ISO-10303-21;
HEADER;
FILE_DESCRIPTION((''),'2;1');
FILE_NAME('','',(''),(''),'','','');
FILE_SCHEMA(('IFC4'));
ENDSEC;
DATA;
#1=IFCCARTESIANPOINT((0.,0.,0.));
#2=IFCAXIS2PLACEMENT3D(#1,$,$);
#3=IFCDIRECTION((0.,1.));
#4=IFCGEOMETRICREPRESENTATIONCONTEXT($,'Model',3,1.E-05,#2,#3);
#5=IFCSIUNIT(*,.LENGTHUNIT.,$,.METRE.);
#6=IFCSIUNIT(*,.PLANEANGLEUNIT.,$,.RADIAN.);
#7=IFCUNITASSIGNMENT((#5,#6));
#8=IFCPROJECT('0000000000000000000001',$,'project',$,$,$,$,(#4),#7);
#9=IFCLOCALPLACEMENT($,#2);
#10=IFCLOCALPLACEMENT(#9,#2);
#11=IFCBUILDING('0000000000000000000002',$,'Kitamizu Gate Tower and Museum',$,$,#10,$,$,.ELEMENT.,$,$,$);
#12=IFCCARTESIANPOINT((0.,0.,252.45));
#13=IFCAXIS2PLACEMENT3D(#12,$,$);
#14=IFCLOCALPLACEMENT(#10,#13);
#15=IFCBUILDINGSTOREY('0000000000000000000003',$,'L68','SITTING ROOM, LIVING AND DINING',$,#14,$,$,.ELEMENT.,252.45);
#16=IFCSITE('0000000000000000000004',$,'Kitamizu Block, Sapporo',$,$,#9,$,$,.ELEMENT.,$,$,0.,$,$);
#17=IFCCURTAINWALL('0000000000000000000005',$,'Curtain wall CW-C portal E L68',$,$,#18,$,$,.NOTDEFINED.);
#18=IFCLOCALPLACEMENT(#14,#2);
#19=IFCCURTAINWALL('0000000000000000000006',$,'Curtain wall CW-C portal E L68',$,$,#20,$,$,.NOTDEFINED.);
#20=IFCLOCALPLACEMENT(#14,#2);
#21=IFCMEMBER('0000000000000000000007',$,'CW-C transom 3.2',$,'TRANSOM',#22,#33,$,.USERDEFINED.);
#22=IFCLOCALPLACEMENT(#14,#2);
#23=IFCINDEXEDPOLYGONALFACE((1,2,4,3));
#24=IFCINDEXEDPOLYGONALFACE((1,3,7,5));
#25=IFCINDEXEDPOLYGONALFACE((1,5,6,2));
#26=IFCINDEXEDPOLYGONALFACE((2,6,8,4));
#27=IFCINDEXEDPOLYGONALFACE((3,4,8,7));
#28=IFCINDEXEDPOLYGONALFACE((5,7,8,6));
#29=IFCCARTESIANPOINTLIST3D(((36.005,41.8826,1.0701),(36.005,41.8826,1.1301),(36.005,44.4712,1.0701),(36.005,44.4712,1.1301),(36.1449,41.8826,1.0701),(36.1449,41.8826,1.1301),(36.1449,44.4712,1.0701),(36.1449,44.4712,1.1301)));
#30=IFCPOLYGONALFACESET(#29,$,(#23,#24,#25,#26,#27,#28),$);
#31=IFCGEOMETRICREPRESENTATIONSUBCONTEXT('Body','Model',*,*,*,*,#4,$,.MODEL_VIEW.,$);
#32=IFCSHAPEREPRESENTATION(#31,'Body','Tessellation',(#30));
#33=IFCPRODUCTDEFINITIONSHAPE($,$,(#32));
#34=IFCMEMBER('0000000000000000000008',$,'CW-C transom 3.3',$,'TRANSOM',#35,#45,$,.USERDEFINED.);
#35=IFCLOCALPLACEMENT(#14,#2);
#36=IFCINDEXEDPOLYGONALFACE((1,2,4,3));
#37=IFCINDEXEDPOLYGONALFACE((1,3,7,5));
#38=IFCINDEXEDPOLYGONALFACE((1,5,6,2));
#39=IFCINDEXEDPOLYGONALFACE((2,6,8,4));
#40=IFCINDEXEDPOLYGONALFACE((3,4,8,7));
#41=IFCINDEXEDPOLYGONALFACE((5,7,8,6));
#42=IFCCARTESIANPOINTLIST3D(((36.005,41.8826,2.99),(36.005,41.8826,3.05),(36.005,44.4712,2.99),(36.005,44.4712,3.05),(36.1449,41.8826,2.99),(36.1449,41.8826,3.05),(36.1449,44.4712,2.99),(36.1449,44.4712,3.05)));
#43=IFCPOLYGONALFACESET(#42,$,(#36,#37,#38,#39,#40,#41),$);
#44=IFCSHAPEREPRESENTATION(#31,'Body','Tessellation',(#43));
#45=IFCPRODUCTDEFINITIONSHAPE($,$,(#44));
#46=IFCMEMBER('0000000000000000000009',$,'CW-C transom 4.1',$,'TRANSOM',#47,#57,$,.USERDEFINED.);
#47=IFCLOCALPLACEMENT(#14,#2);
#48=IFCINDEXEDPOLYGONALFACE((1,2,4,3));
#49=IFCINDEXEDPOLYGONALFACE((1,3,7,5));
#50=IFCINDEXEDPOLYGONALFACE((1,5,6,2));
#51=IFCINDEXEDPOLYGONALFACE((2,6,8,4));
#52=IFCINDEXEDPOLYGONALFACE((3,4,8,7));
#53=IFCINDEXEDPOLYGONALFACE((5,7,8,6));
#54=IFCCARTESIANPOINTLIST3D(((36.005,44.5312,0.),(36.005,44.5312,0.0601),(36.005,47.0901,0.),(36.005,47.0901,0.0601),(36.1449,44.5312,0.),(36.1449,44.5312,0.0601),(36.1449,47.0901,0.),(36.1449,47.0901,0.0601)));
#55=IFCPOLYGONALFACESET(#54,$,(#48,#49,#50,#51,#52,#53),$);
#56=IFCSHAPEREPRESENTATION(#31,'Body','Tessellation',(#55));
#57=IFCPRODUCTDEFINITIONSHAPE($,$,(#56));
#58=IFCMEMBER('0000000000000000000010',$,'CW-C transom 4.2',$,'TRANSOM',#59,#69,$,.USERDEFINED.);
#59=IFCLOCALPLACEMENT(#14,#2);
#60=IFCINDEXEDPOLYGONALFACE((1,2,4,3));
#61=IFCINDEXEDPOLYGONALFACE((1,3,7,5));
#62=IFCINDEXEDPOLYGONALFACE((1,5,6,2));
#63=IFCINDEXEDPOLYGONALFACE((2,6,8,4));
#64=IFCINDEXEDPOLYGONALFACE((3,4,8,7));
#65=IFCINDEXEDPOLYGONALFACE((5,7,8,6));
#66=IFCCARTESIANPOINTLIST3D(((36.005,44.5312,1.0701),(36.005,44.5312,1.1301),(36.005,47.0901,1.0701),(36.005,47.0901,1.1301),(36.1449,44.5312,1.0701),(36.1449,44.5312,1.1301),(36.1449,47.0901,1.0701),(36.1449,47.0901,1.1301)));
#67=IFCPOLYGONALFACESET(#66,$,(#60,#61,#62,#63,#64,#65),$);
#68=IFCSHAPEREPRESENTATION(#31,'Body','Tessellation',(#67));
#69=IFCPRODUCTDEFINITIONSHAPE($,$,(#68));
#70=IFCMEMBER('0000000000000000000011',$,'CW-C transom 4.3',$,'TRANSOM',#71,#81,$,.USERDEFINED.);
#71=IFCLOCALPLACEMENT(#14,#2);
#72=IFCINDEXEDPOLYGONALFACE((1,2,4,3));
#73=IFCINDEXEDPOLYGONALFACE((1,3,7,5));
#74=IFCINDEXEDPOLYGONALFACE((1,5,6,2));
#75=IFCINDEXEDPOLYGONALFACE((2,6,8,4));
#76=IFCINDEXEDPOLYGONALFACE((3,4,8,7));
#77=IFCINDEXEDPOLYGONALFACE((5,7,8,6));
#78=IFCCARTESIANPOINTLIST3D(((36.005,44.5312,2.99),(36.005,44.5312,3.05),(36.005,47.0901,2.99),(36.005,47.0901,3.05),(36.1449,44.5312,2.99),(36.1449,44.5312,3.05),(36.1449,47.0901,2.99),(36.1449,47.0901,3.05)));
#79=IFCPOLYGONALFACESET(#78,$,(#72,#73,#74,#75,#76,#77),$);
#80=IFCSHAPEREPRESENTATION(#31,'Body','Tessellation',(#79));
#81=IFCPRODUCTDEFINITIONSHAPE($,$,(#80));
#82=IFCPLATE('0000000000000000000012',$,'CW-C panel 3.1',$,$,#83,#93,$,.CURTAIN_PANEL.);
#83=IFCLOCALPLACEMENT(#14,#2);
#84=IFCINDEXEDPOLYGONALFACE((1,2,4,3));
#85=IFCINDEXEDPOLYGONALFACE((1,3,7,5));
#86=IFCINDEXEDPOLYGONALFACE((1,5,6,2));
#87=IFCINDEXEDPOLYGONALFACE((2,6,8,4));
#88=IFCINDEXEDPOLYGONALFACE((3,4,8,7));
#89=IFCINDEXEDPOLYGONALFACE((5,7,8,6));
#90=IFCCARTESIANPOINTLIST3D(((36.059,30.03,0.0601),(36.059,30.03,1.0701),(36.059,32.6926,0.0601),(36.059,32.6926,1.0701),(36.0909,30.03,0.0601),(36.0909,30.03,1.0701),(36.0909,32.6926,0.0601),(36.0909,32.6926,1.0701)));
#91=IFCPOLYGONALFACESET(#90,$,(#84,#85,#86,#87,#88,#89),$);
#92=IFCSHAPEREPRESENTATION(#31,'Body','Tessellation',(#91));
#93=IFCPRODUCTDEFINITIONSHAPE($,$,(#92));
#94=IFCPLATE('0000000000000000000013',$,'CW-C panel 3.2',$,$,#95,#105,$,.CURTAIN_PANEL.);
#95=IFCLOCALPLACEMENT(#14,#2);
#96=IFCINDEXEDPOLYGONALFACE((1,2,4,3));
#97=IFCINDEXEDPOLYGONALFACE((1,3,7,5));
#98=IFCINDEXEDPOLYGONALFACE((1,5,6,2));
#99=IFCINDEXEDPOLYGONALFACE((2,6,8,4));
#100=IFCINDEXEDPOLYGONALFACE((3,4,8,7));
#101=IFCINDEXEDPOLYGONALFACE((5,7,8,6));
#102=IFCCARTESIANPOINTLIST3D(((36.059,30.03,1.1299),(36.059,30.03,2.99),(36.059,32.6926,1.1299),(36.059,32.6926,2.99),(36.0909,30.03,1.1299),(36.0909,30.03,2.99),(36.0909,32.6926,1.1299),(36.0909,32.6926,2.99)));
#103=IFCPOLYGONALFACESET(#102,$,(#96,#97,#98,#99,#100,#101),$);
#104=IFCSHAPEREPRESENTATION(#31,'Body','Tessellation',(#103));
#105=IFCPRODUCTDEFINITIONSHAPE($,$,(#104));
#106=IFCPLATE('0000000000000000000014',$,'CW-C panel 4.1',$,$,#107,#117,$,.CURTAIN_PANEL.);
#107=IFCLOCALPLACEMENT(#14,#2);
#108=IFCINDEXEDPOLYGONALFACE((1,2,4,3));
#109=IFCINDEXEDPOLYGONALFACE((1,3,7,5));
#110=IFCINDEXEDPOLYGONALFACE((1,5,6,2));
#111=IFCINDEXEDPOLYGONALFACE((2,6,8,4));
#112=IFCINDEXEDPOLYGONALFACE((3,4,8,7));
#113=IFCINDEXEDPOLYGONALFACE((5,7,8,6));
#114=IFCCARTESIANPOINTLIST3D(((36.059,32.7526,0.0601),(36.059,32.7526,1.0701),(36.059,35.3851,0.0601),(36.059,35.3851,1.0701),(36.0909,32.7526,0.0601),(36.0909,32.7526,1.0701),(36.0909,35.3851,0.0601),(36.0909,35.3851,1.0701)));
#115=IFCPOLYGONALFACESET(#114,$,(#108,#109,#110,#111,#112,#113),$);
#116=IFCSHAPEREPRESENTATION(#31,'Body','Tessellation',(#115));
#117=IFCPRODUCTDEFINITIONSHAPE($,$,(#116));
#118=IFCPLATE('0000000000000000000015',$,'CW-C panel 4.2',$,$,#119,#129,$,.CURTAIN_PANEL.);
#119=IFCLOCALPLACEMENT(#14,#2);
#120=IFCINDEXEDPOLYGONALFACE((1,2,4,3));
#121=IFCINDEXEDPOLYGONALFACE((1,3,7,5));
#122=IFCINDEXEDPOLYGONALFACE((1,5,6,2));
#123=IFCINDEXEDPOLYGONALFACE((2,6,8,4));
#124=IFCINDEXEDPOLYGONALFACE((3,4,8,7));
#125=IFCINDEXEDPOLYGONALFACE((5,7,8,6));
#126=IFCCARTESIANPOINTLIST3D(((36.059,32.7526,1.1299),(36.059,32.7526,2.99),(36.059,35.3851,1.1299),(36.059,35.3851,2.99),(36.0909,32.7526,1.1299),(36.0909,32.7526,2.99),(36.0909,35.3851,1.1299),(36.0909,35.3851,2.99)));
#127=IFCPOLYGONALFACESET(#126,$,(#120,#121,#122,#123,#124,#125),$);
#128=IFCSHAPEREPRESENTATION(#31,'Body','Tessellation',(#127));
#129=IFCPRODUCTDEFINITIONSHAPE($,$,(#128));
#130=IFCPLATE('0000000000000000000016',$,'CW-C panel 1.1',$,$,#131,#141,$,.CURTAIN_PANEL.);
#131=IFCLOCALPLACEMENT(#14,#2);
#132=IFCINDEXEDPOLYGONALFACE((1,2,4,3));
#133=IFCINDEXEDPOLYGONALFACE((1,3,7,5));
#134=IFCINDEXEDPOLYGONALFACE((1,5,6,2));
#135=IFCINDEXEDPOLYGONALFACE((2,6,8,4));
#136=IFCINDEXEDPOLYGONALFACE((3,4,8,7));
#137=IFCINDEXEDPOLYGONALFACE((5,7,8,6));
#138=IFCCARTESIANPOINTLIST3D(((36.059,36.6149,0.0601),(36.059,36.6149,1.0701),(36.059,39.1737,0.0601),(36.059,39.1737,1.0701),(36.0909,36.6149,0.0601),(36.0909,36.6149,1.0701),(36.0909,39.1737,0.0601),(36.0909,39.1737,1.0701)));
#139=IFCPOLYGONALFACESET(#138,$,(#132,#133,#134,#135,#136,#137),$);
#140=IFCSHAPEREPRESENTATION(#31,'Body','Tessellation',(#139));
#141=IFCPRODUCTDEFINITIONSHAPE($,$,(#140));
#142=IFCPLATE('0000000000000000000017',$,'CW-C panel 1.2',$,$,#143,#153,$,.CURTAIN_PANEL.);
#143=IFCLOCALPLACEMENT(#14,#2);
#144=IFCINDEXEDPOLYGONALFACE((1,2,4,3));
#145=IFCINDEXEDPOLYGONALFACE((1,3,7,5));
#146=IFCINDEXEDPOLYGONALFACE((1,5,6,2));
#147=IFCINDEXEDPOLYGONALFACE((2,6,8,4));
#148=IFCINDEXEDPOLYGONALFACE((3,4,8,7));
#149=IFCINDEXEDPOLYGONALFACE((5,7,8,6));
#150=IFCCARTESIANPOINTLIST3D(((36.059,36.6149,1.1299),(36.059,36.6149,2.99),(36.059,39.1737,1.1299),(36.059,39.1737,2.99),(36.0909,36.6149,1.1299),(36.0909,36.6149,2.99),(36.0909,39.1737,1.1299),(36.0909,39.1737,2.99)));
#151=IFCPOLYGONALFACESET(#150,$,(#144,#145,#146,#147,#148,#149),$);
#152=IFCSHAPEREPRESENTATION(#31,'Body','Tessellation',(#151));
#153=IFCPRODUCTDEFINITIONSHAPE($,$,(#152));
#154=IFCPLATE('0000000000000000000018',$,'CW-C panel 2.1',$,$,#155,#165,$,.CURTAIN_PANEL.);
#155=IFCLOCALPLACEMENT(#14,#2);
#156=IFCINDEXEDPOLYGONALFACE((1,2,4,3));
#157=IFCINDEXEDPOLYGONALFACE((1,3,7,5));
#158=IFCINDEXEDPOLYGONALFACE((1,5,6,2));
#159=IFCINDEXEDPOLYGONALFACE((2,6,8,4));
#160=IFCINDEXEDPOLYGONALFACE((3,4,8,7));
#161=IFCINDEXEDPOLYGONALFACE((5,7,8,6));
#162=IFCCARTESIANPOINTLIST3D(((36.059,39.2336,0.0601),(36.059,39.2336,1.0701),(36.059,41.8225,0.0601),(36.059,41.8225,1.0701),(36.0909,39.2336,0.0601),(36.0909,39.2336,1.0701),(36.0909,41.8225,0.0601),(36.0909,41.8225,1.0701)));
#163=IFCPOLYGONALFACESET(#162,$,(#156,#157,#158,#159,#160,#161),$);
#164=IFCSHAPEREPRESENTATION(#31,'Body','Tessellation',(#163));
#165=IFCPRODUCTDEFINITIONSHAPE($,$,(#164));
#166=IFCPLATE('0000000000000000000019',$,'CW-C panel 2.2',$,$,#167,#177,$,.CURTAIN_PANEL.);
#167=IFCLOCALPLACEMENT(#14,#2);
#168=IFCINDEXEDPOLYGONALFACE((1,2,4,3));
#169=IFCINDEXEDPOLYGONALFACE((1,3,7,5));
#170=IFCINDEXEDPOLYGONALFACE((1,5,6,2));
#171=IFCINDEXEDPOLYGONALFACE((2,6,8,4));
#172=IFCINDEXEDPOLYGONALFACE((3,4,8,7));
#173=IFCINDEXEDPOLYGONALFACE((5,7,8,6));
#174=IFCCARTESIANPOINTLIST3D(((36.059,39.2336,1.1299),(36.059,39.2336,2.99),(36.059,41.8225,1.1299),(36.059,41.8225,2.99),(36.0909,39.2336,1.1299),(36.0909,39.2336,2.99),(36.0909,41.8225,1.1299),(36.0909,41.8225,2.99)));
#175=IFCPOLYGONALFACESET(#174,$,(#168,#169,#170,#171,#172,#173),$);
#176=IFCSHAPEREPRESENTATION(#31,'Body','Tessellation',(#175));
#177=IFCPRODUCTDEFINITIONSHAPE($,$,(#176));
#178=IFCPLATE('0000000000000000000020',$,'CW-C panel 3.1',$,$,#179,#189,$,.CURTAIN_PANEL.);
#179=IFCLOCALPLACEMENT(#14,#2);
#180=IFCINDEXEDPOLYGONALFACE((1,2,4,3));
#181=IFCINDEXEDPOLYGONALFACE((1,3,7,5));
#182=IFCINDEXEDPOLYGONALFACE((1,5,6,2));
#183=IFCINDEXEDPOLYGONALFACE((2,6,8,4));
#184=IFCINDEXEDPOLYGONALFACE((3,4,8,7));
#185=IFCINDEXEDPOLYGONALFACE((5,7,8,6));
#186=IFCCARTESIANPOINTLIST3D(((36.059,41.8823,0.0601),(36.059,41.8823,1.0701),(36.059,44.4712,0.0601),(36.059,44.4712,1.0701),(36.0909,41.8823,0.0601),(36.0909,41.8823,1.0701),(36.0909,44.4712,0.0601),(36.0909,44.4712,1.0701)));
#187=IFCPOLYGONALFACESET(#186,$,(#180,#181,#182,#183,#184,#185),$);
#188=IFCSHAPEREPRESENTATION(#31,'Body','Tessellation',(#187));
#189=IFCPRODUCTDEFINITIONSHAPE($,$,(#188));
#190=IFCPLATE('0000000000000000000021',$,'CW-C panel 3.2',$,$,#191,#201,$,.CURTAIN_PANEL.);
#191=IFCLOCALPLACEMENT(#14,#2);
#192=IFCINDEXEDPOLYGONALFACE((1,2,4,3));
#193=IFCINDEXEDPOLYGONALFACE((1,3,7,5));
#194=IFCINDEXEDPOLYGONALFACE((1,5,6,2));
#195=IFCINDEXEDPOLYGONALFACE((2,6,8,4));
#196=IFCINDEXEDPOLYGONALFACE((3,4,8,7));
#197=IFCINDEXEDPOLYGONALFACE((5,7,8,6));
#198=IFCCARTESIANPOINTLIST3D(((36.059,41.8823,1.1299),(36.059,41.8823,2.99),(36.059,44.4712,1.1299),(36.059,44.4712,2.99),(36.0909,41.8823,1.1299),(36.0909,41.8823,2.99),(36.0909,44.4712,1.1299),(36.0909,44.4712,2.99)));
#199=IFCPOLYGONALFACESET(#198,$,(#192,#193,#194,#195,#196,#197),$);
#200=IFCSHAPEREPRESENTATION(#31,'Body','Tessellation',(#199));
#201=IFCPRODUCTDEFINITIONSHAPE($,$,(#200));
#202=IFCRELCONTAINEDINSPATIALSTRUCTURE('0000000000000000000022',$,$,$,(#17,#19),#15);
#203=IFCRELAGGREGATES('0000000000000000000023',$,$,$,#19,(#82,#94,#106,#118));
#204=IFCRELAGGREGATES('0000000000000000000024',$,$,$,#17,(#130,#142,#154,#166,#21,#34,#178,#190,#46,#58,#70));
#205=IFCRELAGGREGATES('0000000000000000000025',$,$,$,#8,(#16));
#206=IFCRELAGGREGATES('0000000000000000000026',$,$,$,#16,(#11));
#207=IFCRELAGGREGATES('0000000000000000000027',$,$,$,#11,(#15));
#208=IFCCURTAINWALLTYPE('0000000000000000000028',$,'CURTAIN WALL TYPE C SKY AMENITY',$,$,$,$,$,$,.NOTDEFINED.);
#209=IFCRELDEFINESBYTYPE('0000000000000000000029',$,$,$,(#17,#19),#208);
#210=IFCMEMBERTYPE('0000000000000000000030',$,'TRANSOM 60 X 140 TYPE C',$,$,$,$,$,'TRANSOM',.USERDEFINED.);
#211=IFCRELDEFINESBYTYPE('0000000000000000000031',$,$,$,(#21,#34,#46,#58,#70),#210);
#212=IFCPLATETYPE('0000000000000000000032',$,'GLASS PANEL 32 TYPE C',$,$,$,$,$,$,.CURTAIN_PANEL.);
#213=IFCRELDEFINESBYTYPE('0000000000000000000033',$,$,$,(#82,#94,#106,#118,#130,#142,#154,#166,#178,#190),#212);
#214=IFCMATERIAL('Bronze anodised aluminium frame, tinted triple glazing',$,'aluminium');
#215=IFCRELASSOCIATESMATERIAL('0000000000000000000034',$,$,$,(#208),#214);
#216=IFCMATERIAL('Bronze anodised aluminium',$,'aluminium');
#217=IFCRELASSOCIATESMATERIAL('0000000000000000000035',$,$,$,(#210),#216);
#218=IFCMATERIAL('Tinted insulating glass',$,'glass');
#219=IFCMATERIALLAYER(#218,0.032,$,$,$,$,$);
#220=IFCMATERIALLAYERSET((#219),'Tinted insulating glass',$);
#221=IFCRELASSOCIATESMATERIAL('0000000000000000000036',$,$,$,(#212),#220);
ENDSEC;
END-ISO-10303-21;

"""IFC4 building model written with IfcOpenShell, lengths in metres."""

from ifc_helpers import new_model, si_unit, direction, frame, origin, origin_2d, place, context, subcontext, project, spatial, rectangle, extrude, material, layer, layer_set, material_profile, profile_set, type_object, element, aggregate, save


model = new_model("IFC4")

# Units and contexts
model_context = context("Model", 3, precision=1e-05, world=origin(), true_north=direction((0.0, 1.0)))
body_context = subcontext(model_context, "Body", "Model", "MODEL_VIEW")
ifc_project = project(units=[si_unit("LENGTHUNIT", "METRE"), si_unit("PLANEANGLEUNIT", "RADIAN")], contexts=[model_context])

# Site, building, storey
site_placement = place(None, origin())
site = spatial("IfcSite", under=ifc_project, at=site_placement, Name="Kitamizu Block, Sapporo", CompositionType="ELEMENT", RefElevation=0.0)
building_placement = place(site_placement, origin())
building = spatial("IfcBuilding", under=site, at=building_placement, Name="Kitamizu Gate Tower and Museum", CompositionType="ELEMENT")
storey_placement = place(building_placement, frame((0.0, 0.0, 252.45)))
storey = spatial("IfcBuildingStorey", under=building, at=storey_placement, Name="L68", Description="SITTING ROOM, LIVING AND DINING", CompositionType="ELEMENT", Elevation=252.45)

# Curtain walls
ifc_material_1 = material(Name="Bronze anodised aluminium frame, tinted triple glazing", Category="aluminium")
curtain_wall_type = type_object("IfcCurtainWallType", Name="CURTAIN WALL TYPE C SKY AMENITY", PredefinedType="NOTDEFINED", material=ifc_material_1)
curtain_wall_1_placement = place(storey_placement, origin())
curtain_wall_1 = element("IfcCurtainWall", 1, at=curtain_wall_1_placement, inside=storey, type_object=curtain_wall_type, Name="Curtain wall CW-C portal E L68", PredefinedType="NOTDEFINED")
curtain_wall_2_placement = place(storey_placement, origin())
curtain_wall_2 = element("IfcCurtainWall", 2, at=curtain_wall_2_placement, inside=storey, type_object=curtain_wall_type, Name="Curtain wall CW-C portal E L68", PredefinedType="NOTDEFINED")
ifc_material_2 = material(Name="Bronze anodised aluminium", Category="aluminium")
ifc_material_profile_1 = material_profile(ifc_material_2, rectangle(XDim=0.1399, YDim=0.0601, at=origin_2d()), Name="AL 60X140")
ifc_profile_set_1 = profile_set([ifc_material_profile_1], Name="Bronze anodised aluminium")
member_type_1 = type_object("IfcMemberType", Name="TRANSOM 60 X 140 TYPE C", ElementType="TRANSOM", PredefinedType="USERDEFINED", material=ifc_profile_set_1)

# Members
member_1_placement = place(storey_placement, frame((36.075, 41.8826, 1.1001), z_axis=(0.0, 1.0, 0.0), x_axis=(-1.0, 0.0, 0.0)))
member_1 = element("IfcMember", 3, at=member_1_placement, type_object=member_type_1, Name="CW-C transom 3.2", ObjectType="TRANSOM", PredefinedType="USERDEFINED", context=body_context, shape_type="SweptSolid", body=[
    extrude(rectangle(XDim=0.1399, YDim=0.0601, at=origin_2d()), origin(), (0.0, 0.0, 1.0), 2.5886),
])
member_2_placement = place(storey_placement, frame((36.075, 41.8826, 3.02), z_axis=(0.0, 1.0, 0.0), x_axis=(-1.0, 0.0, 0.0)))
member_2 = element("IfcMember", 4, at=member_2_placement, type_object=member_type_1, Name="CW-C transom 3.3", ObjectType="TRANSOM", PredefinedType="USERDEFINED", context=body_context, shape_type="SweptSolid", body=[
    extrude(rectangle(XDim=0.1399, YDim=0.0601, at=origin_2d()), origin(), (0.0, 0.0, 1.0), 2.5886),
])
member_3_placement = place(storey_placement, frame((36.075, 44.5312, 0.03), z_axis=(0.0, 1.0, 0.0), x_axis=(-1.0, 0.0, 0.0)))
member_3 = element("IfcMember", 5, at=member_3_placement, type_object=member_type_1, Name="CW-C transom 4.1", ObjectType="TRANSOM", PredefinedType="USERDEFINED", context=body_context, shape_type="SweptSolid", body=[
    extrude(rectangle(XDim=0.1399, YDim=0.0601, at=origin_2d()), origin(), (0.0, 0.0, 1.0), 2.5588),
])
member_4_placement = place(storey_placement, frame((36.075, 44.5312, 1.1001), z_axis=(0.0, 1.0, 0.0), x_axis=(-1.0, 0.0, 0.0)))
member_4 = element("IfcMember", 6, at=member_4_placement, type_object=member_type_1, Name="CW-C transom 4.2", ObjectType="TRANSOM", PredefinedType="USERDEFINED", context=body_context, shape_type="SweptSolid", body=[
    extrude(rectangle(XDim=0.1399, YDim=0.0601, at=origin_2d()), origin(), (0.0, 0.0, 1.0), 2.5588),
])
member_5_placement = place(storey_placement, frame((36.075, 44.5312, 3.02), z_axis=(0.0, 1.0, 0.0), x_axis=(-1.0, 0.0, 0.0)))
member_5 = element("IfcMember", 7, at=member_5_placement, type_object=member_type_1, Name="CW-C transom 4.3", ObjectType="TRANSOM", PredefinedType="USERDEFINED", context=body_context, shape_type="SweptSolid", body=[
    extrude(rectangle(XDim=0.1399, YDim=0.0601, at=origin_2d()), origin(), (0.0, 0.0, 1.0), 2.5588),
])

# Plates
ifc_material_3 = material(Name="Tinted insulating glass", Category="glass")
ifc_layer_1 = layer(ifc_material_3, 0.032)
ifc_layer_set_1 = layer_set([ifc_layer_1], Name="Tinted insulating glass")
plate_type = type_object("IfcPlateType", Name="GLASS PANEL 32 TYPE C", PredefinedType="CURTAIN_PANEL", material=ifc_layer_set_1)
plate_1_placement = place(storey_placement, frame((36.075, 31.3613, 0.0601), z_axis=(0.0, 0.0, 1.0), x_axis=(0.0, 1.0, 0.0)))
plate_1 = element("IfcPlate", 8, at=plate_1_placement, type_object=plate_type, Name="CW-C panel 3.1", PredefinedType="CURTAIN_PANEL", context=body_context, shape_type="SweptSolid", body=[
    extrude(rectangle(XDim=2.6626, YDim=0.032, at=origin_2d()), origin(), (0.0, 0.0, 1.0), 1.01),
])
plate_2_placement = place(storey_placement, frame((36.075, 31.3613, 1.1299), z_axis=(0.0, 0.0, 1.0), x_axis=(0.0, 1.0, 0.0)))
plate_2 = element("IfcPlate", 9, at=plate_2_placement, type_object=plate_type, Name="CW-C panel 3.2", PredefinedType="CURTAIN_PANEL", context=body_context, shape_type="SweptSolid", body=[
    extrude(rectangle(XDim=2.6626, YDim=0.032, at=origin_2d()), origin(), (0.0, 0.0, 1.0), 1.8601),
])
plate_3_placement = place(storey_placement, frame((36.075, 34.0688, 0.0601), z_axis=(0.0, 0.0, 1.0), x_axis=(0.0, 1.0, 0.0)))
plate_3 = element("IfcPlate", 10, at=plate_3_placement, type_object=plate_type, Name="CW-C panel 4.1", PredefinedType="CURTAIN_PANEL", context=body_context, shape_type="SweptSolid", body=[
    extrude(rectangle(XDim=2.6326, YDim=0.032, at=origin_2d()), origin(), (0.0, 0.0, 1.0), 1.01),
])
plate_4_placement = place(storey_placement, frame((36.075, 34.0688, 1.1299), z_axis=(0.0, 0.0, 1.0), x_axis=(0.0, 1.0, 0.0)))
plate_4 = element("IfcPlate", 11, at=plate_4_placement, type_object=plate_type, Name="CW-C panel 4.2", PredefinedType="CURTAIN_PANEL", context=body_context, shape_type="SweptSolid", body=[
    extrude(rectangle(XDim=2.6326, YDim=0.032, at=origin_2d()), origin(), (0.0, 0.0, 1.0), 1.8601),
])
aggregate(curtain_wall_2, [plate_1, plate_2, plate_3, plate_4])
plate_5_placement = place(storey_placement, frame((36.075, 37.8943, 0.0601), z_axis=(0.0, 0.0, 1.0), x_axis=(0.0, 1.0, 0.0)))
plate_5 = element("IfcPlate", 12, at=plate_5_placement, type_object=plate_type, Name="CW-C panel 1.1", PredefinedType="CURTAIN_PANEL", context=body_context, shape_type="SweptSolid", body=[
    extrude(rectangle(XDim=2.5588, YDim=0.032, at=origin_2d()), origin(), (0.0, 0.0, 1.0), 1.01),
])
plate_6_placement = place(storey_placement, frame((36.075, 37.8943, 1.1299), z_axis=(0.0, 0.0, 1.0), x_axis=(0.0, 1.0, 0.0)))
plate_6 = element("IfcPlate", 13, at=plate_6_placement, type_object=plate_type, Name="CW-C panel 1.2", PredefinedType="CURTAIN_PANEL", context=body_context, shape_type="SweptSolid", body=[
    extrude(rectangle(XDim=2.5588, YDim=0.032, at=origin_2d()), origin(), (0.0, 0.0, 1.0), 1.8601),
])
plate_7_placement = place(storey_placement, frame((36.075, 40.5281, 0.0601), z_axis=(0.0, 0.0, 1.0), x_axis=(0.0, 1.0, 0.0)))
plate_7 = element("IfcPlate", 14, at=plate_7_placement, type_object=plate_type, Name="CW-C panel 2.1", PredefinedType="CURTAIN_PANEL", context=body_context, shape_type="SweptSolid", body=[
    extrude(rectangle(XDim=2.5889, YDim=0.032, at=origin_2d()), origin(), (0.0, 0.0, 1.0), 1.01),
])
plate_8_placement = place(storey_placement, frame((36.075, 40.5281, 1.1299), z_axis=(0.0, 0.0, 1.0), x_axis=(0.0, 1.0, 0.0)))
plate_8 = element("IfcPlate", 15, at=plate_8_placement, type_object=plate_type, Name="CW-C panel 2.2", PredefinedType="CURTAIN_PANEL", context=body_context, shape_type="SweptSolid", body=[
    extrude(rectangle(XDim=2.5889, YDim=0.032, at=origin_2d()), origin(), (0.0, 0.0, 1.0), 1.8601),
])
plate_9_placement = place(storey_placement, frame((36.075, 43.1768, 0.0601), z_axis=(0.0, 0.0, 1.0), x_axis=(0.0, 1.0, 0.0)))
plate_9 = element("IfcPlate", 16, at=plate_9_placement, type_object=plate_type, Name="CW-C panel 3.1", PredefinedType="CURTAIN_PANEL", context=body_context, shape_type="SweptSolid", body=[
    extrude(rectangle(XDim=2.5889, YDim=0.032, at=origin_2d()), origin(), (0.0, 0.0, 1.0), 1.01),
])
plate_10_placement = place(storey_placement, frame((36.075, 43.1768, 1.1299), z_axis=(0.0, 0.0, 1.0), x_axis=(0.0, 1.0, 0.0)))
plate_10 = element("IfcPlate", 17, at=plate_10_placement, type_object=plate_type, Name="CW-C panel 3.2", PredefinedType="CURTAIN_PANEL", context=body_context, shape_type="SweptSolid", body=[
    extrude(rectangle(XDim=2.5889, YDim=0.032, at=origin_2d()), origin(), (0.0, 0.0, 1.0), 1.8601),
])
aggregate(curtain_wall_1, [plate_5, plate_6, plate_7, plate_8, member_1, member_2, plate_9, plate_10, member_3, member_4, member_5])

save(model, "model.ifc")
